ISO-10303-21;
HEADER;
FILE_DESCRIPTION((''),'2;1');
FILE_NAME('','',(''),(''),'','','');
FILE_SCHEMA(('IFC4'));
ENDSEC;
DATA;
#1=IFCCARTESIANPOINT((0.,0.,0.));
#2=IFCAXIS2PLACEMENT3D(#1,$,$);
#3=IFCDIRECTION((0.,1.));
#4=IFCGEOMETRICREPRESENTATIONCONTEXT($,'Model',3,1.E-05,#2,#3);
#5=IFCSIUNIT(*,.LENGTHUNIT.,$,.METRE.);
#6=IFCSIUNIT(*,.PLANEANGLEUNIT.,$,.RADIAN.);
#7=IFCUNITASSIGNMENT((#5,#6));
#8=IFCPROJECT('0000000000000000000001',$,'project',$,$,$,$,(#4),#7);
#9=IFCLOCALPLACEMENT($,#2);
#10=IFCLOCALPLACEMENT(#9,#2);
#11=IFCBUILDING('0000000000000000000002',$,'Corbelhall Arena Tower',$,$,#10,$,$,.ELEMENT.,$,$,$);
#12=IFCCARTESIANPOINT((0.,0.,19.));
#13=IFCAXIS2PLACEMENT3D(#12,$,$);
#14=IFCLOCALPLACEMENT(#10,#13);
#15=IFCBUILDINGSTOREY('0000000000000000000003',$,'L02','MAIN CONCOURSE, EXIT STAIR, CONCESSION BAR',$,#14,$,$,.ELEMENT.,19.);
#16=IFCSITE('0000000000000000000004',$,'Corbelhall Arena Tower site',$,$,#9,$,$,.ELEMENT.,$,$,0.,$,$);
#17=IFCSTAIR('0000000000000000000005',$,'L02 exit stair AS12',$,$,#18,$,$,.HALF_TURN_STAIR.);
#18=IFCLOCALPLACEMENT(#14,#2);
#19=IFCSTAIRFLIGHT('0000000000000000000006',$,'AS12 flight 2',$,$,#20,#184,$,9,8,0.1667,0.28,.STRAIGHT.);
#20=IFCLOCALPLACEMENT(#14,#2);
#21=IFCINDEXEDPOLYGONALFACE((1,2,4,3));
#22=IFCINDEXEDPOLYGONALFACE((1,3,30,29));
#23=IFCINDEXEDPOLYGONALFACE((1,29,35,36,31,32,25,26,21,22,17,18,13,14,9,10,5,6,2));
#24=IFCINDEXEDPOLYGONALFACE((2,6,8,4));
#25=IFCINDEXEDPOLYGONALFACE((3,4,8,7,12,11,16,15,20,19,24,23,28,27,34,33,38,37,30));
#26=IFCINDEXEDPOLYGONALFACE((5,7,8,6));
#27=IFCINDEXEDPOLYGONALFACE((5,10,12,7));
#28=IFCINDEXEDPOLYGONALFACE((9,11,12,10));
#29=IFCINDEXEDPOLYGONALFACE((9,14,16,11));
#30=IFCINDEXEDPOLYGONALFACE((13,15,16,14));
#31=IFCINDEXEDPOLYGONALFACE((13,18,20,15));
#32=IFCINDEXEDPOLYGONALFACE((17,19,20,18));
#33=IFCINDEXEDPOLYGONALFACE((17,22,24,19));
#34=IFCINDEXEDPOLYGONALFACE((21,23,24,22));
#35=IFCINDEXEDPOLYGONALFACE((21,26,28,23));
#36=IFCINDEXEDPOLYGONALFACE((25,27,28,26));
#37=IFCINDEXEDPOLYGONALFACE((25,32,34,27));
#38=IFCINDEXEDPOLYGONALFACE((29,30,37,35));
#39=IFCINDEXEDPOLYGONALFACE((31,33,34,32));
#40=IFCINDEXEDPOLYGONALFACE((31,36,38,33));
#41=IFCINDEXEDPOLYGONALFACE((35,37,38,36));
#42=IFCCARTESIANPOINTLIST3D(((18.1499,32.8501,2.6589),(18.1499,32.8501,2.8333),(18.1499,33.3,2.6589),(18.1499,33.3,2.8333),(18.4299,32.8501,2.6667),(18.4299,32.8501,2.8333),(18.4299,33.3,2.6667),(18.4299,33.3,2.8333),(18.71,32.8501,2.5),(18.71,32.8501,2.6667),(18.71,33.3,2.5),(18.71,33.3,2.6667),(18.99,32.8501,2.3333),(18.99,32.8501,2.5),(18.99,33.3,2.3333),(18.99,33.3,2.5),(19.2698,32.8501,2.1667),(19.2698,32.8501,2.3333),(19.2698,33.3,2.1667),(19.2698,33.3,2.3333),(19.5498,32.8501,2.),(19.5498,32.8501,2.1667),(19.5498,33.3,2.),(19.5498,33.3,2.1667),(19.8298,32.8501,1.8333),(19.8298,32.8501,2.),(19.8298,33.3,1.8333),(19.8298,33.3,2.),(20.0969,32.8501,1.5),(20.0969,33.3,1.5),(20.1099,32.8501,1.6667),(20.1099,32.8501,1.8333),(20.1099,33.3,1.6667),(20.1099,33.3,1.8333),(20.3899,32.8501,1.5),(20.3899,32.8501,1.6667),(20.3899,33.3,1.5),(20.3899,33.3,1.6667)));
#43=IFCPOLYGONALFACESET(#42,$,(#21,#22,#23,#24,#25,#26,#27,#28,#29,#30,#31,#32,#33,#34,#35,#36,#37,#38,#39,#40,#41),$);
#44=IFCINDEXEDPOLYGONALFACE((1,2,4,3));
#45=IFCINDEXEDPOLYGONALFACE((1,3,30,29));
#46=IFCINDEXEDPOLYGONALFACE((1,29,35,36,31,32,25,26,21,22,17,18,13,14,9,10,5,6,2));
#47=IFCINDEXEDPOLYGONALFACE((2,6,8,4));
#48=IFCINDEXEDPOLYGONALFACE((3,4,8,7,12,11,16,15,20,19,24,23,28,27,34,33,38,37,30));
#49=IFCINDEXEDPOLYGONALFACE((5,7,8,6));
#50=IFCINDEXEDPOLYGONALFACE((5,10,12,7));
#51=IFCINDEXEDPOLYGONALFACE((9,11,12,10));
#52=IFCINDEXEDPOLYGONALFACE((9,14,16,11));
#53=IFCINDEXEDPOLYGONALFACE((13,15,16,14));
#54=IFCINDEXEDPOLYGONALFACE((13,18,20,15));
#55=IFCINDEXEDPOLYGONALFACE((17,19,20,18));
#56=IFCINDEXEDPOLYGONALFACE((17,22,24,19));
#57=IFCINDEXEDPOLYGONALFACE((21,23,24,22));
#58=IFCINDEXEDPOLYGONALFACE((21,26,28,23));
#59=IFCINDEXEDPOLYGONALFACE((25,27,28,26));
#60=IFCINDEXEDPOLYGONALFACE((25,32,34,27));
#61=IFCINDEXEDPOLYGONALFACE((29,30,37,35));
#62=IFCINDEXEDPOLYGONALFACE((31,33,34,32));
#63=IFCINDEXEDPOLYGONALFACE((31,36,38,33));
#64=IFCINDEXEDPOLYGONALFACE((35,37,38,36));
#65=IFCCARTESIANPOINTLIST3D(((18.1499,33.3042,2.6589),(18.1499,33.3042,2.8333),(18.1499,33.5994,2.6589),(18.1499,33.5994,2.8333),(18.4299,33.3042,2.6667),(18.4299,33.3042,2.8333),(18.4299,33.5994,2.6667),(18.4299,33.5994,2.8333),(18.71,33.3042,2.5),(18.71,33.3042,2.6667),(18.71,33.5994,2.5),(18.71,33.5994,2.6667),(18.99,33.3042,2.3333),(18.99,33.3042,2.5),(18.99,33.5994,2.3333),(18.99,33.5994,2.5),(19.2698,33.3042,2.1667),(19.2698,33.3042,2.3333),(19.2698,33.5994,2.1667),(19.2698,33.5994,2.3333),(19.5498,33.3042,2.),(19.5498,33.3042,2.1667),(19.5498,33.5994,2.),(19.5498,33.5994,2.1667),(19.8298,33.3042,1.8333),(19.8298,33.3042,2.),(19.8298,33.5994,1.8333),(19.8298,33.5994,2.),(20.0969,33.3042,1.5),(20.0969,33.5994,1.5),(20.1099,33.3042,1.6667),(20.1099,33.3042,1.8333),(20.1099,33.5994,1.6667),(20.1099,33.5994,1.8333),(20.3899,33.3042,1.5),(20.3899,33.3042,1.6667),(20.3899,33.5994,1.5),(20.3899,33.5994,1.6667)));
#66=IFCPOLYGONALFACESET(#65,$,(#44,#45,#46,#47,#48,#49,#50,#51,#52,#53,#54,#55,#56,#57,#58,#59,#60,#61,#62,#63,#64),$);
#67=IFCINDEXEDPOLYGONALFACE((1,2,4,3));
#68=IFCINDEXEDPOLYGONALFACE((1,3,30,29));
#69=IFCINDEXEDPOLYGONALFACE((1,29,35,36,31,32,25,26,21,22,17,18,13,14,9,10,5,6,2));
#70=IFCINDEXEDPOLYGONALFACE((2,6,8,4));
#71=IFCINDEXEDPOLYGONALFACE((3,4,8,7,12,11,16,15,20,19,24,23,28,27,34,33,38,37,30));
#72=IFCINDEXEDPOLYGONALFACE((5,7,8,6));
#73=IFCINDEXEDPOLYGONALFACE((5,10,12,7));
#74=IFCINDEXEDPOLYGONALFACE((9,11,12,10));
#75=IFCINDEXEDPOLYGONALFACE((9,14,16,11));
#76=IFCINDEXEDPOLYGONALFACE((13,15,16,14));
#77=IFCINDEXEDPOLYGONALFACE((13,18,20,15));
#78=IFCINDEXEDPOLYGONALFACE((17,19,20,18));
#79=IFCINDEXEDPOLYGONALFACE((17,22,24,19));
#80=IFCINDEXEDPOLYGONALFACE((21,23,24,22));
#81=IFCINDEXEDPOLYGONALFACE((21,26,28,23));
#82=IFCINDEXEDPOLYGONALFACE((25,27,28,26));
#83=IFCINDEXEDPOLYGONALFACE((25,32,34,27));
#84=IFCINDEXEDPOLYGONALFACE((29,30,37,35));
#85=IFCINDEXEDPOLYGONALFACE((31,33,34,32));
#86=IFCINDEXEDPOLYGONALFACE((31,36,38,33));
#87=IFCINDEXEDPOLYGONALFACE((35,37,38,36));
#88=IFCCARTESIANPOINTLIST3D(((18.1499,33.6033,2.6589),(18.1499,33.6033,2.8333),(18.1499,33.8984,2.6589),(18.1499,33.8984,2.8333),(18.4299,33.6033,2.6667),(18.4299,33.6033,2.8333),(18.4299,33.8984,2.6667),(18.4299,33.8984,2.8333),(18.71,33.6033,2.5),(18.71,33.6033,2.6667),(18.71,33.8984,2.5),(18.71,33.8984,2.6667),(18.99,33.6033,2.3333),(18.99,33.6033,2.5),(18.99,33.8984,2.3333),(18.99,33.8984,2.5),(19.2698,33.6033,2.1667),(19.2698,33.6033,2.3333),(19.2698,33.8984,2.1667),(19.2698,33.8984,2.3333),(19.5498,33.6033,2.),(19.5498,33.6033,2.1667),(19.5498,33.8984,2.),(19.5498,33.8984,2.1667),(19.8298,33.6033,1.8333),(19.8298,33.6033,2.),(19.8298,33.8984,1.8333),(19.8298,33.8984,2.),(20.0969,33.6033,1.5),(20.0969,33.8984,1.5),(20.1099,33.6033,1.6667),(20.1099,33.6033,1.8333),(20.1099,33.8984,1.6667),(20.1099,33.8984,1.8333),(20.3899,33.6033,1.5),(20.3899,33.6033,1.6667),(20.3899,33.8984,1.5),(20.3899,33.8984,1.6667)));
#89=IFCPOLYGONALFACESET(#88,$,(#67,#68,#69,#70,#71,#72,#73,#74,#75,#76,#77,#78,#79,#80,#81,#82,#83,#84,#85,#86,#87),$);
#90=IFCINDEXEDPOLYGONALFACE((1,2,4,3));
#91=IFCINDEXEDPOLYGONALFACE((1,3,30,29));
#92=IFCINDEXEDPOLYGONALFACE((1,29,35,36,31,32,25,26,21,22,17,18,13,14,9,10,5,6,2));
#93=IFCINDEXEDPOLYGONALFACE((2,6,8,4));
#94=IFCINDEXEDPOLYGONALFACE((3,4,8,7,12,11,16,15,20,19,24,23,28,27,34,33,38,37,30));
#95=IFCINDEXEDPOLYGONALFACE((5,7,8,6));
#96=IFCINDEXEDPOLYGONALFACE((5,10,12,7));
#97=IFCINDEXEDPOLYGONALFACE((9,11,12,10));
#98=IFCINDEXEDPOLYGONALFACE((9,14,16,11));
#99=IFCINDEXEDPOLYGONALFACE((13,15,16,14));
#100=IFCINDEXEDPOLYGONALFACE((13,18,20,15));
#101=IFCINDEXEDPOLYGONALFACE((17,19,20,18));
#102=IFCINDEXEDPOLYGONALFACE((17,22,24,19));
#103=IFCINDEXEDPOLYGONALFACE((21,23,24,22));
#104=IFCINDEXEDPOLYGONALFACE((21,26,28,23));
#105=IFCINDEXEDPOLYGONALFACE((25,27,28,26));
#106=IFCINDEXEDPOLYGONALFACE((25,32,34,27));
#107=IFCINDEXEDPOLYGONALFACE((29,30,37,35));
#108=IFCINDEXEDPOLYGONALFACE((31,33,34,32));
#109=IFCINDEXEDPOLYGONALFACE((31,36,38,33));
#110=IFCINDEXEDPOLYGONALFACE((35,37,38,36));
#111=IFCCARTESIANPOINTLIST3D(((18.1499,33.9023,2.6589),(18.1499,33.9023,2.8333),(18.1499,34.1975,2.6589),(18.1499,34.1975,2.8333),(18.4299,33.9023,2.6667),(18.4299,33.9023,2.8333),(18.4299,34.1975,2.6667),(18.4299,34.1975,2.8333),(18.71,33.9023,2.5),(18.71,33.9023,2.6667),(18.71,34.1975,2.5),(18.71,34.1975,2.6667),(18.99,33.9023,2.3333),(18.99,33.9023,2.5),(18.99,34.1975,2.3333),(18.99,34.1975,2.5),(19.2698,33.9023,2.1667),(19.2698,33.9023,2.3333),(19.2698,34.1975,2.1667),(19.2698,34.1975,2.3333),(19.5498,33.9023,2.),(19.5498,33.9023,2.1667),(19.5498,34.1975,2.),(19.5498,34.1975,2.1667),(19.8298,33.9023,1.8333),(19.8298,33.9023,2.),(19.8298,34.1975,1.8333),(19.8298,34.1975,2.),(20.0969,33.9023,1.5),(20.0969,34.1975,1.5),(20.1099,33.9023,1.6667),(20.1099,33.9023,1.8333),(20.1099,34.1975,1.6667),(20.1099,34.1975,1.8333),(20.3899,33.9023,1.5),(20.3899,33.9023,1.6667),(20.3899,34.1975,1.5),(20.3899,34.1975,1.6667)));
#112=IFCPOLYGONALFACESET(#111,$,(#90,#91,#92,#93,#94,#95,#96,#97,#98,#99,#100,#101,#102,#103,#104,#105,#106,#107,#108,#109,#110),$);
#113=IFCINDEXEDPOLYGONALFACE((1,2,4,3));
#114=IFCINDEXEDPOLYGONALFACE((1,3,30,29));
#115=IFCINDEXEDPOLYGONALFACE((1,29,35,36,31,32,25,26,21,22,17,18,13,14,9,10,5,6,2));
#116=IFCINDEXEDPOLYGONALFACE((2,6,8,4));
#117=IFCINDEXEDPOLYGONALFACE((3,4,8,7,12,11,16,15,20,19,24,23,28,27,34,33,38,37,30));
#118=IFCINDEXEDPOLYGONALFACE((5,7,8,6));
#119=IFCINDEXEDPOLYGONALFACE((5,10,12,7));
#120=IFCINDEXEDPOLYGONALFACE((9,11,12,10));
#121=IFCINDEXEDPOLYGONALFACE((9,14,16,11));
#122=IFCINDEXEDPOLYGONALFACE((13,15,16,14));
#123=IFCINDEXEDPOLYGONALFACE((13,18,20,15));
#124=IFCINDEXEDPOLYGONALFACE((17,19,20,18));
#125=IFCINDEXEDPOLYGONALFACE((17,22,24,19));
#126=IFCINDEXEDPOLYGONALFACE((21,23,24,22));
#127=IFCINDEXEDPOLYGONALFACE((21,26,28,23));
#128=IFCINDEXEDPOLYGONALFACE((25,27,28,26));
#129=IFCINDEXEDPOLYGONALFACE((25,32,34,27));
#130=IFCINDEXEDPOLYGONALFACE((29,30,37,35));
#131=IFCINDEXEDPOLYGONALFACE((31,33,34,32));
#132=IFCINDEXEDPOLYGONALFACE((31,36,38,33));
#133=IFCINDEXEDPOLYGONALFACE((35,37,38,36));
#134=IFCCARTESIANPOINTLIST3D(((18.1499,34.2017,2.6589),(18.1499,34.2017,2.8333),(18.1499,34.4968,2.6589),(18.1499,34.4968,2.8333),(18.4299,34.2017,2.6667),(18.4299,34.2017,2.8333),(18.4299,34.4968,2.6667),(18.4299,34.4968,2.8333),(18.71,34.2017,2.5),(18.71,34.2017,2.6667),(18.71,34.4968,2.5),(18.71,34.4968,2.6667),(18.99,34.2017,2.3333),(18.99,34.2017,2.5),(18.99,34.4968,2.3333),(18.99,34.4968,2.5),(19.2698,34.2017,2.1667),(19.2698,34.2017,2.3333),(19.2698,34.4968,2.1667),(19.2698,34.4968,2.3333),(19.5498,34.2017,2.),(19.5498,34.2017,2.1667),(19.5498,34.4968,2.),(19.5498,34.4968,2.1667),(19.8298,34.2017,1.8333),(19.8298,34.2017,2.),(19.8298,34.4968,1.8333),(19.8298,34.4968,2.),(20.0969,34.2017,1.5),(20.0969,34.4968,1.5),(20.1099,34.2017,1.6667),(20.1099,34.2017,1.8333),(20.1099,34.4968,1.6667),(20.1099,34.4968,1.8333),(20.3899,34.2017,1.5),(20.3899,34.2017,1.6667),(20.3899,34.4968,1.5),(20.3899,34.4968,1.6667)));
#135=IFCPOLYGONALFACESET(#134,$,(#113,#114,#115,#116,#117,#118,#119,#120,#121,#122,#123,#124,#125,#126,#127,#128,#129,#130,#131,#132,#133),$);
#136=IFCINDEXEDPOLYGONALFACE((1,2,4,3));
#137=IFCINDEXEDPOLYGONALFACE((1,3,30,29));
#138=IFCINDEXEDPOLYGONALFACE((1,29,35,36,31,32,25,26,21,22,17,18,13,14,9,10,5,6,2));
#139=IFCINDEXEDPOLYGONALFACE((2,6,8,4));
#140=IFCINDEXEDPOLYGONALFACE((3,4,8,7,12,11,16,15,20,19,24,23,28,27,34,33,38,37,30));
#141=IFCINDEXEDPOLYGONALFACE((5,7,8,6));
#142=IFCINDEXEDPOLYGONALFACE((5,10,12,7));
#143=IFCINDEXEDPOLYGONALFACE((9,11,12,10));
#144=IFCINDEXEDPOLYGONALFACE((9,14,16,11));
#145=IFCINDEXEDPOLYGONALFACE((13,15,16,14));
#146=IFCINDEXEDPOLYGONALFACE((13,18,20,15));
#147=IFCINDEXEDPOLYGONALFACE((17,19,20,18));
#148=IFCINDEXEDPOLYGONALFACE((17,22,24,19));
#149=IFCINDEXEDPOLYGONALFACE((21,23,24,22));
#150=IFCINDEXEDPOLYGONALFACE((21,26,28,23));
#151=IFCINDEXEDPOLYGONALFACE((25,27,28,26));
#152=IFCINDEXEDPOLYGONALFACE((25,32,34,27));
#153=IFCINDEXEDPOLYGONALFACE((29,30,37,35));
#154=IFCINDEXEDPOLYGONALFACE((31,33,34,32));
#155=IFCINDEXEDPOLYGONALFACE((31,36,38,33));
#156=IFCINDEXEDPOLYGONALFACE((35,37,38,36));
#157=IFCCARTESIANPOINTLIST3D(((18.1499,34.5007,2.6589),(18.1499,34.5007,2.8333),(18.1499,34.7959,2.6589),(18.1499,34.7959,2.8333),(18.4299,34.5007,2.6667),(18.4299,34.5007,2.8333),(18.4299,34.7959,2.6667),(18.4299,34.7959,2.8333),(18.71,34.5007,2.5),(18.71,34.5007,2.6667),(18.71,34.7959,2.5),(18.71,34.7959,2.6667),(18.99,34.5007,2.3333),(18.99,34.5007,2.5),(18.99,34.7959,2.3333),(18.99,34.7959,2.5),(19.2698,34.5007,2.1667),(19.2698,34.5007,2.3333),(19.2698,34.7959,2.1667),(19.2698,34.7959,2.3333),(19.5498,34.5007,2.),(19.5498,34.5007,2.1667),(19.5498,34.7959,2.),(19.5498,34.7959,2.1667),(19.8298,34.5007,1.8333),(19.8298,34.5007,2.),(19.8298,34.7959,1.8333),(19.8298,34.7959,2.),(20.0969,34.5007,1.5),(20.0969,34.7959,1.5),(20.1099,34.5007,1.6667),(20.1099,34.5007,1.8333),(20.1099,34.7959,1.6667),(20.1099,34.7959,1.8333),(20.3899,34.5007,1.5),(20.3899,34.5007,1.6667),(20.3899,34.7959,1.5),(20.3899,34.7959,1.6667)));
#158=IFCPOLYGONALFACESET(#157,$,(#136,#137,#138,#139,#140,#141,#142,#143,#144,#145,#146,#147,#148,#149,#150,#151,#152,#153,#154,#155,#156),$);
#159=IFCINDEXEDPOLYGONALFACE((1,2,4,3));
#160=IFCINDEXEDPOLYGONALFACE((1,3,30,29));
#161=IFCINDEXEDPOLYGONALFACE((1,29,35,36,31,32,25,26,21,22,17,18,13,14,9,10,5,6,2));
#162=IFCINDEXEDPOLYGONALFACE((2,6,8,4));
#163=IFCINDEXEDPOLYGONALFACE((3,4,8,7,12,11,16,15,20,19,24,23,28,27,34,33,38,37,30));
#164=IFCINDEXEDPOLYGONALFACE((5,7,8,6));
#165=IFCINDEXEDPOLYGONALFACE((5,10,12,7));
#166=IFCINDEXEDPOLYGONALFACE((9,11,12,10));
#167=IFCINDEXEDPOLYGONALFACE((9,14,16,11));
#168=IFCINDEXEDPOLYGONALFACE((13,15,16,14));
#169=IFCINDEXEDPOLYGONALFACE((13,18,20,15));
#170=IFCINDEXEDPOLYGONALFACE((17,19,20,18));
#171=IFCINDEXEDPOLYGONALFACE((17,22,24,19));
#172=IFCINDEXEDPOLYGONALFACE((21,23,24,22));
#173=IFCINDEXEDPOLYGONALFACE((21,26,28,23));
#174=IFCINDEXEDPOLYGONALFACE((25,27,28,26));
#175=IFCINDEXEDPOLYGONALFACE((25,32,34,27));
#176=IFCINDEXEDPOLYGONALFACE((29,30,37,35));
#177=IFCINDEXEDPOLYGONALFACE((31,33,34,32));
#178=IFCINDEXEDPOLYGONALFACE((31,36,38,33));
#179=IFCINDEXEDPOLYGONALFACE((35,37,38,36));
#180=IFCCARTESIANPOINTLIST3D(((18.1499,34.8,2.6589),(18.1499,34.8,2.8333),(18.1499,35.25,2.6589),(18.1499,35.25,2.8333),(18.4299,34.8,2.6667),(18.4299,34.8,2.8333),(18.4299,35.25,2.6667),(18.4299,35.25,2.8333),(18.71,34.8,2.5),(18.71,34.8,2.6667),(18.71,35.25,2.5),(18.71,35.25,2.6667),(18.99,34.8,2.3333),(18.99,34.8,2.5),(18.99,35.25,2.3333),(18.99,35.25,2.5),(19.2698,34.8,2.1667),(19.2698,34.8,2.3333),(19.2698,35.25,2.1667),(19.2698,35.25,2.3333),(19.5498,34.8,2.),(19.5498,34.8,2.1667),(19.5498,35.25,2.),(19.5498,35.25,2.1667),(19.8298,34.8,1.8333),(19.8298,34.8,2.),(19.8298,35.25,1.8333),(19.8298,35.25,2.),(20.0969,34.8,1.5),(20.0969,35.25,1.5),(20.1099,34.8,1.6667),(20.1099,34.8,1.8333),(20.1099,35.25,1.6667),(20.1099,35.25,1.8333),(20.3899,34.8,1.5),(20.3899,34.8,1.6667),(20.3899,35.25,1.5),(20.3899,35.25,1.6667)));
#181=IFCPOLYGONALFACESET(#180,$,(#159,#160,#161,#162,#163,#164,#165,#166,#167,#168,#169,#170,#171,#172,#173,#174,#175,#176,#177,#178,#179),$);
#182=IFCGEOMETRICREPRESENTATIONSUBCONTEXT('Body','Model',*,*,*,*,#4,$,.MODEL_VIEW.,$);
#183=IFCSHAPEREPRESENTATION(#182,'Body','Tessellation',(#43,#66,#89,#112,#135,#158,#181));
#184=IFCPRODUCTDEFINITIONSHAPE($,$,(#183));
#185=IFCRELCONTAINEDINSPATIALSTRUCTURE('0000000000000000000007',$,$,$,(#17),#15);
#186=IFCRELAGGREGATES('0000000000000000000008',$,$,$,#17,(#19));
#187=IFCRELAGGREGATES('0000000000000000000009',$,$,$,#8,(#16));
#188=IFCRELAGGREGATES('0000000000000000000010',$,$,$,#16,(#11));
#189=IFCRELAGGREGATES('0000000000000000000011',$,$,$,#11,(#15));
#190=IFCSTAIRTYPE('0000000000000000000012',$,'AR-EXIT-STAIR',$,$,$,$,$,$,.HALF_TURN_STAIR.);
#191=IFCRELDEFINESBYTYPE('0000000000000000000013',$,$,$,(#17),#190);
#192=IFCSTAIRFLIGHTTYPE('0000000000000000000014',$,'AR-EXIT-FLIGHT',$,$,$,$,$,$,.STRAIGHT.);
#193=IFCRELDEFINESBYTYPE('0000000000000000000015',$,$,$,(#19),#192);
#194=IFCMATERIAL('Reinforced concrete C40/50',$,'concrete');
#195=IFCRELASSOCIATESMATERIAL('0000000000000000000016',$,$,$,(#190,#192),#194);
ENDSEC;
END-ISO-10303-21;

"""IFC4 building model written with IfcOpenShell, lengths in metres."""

from ifc_helpers import new_model, si_unit, direction, frame, origin, place, context, subcontext, project, spatial, polyline, outline, extrude, material, type_object, element, aggregate, save


model = new_model("IFC4")

# Units and contexts
model_context = context("Model", 3, precision=1e-05, world=origin(), true_north=direction((0.0, 1.0)))
body_context = subcontext(model_context, "Body", "Model", "MODEL_VIEW")
ifc_project = project(units=[si_unit("LENGTHUNIT", "METRE"), si_unit("PLANEANGLEUNIT", "RADIAN")], contexts=[model_context])

# Site, building, storey
site_placement = place(None, origin())
site = spatial("IfcSite", under=ifc_project, at=site_placement, Name="Corbelhall Arena Tower site", CompositionType="ELEMENT", RefElevation=0.0)
building_placement = place(site_placement, origin())
building = spatial("IfcBuilding", under=site, at=building_placement, Name="Corbelhall Arena Tower", CompositionType="ELEMENT")
storey_placement = place(building_placement, frame((0.0, 0.0, 19.0)))
storey = spatial("IfcBuildingStorey", under=building, at=storey_placement, Name="L02", Description="MAIN CONCOURSE, EXIT STAIR, CONCESSION BAR", CompositionType="ELEMENT", Elevation=19.0)

# Shared definitions
ifc_material_1 = material(Name="Reinforced concrete C40/50", Category="concrete")

# Stair, stair flight
stair_type = type_object("IfcStairType", Name="AR-EXIT-STAIR", PredefinedType="HALF_TURN_STAIR", material=ifc_material_1)
stair_flight_type = type_object("IfcStairFlightType", Name="AR-EXIT-FLIGHT", PredefinedType="STRAIGHT", material=ifc_material_1)
stair_1_placement = place(storey_placement, origin())
stair_1 = element("IfcStair", 1, at=stair_1_placement, inside=storey, type_object=stair_type, Name="L02 exit stair AS12", PredefinedType="HALF_TURN_STAIR")
stair_flight_1_placement = place(storey_placement, frame((20.3899, 34.05, 1.5), z_axis=(0.0, 0.0, 1.0), x_axis=(-1.0, 0.0, 0.0)))
stair_flight_1 = element("IfcStairFlight", 2, at=stair_flight_1_placement, type_object=stair_flight_type, Name="AS12 flight 2", NumberOfRisers=9, NumberOfTreads=8, PredefinedType="STRAIGHT", RiserHeight=0.1667, TreadLength=0.28, context=body_context, shape_type="SweptSolid", body=[
    extrude(outline(polyline([(0.0, 0.0), (0.0, 0.1667), (0.28, 0.1667), (0.28, 0.3333), (0.5601, 0.3333), (0.5601, 0.5), (0.8401, 0.5), (0.8401, 0.6667), (1.1201, 0.6667), (1.1201, 0.8333), (1.3999, 0.8333), (1.3999, 1.0), (1.6799, 1.0), (1.6799, 1.1667), (1.96, 1.1667), (1.96, 1.3333), (2.24, 1.3333), (2.24, 1.5), (2.24, 1.1589), (0.293, 0.0), (0.0, 0.0)])), frame((0.0, 1.2, 0.0), z_axis=(0.0, -1.0, 0.0), x_axis=(1.0, 0.0, 0.0)), (0.0, 0.0, 1.0), 0.45),
    extrude(outline(polyline([(0.0, 0.0), (0.0, 0.1667), (0.28, 0.1667), (0.28, 0.3333), (0.5601, 0.3333), (0.5601, 0.5), (0.8401, 0.5), (0.8401, 0.6667), (1.1201, 0.6667), (1.1201, 0.8333), (1.3999, 0.8333), (1.3999, 1.0), (1.6799, 1.0), (1.6799, 1.1667), (1.96, 1.1667), (1.96, 1.3333), (2.24, 1.3333), (2.24, 1.5), (2.24, 1.1589), (0.293, 0.0), (0.0, 0.0)])), frame((0.0, 0.7458, 0.0), z_axis=(0.0, -1.0, 0.0), x_axis=(1.0, 0.0, 0.0)), (0.0, 0.0, 1.0), 0.2952),
    extrude(outline(polyline([(0.0, 0.0), (0.0, 0.1667), (0.28, 0.1667), (0.28, 0.3333), (0.5601, 0.3333), (0.5601, 0.5), (0.8401, 0.5), (0.8401, 0.6667), (1.1201, 0.6667), (1.1201, 0.8333), (1.3999, 0.8333), (1.3999, 1.0), (1.6799, 1.0), (1.6799, 1.1667), (1.96, 1.1667), (1.96, 1.3333), (2.24, 1.3333), (2.24, 1.5), (2.24, 1.1589), (0.293, 0.0), (0.0, 0.0)])), frame((0.0, 0.4468, 0.0), z_axis=(0.0, -1.0, 0.0), x_axis=(1.0, 0.0, 0.0)), (0.0, 0.0, 1.0), 0.2952),
    extrude(outline(polyline([(0.0, 0.0), (0.0, 0.1667), (0.28, 0.1667), (0.28, 0.3333), (0.5601, 0.3333), (0.5601, 0.5), (0.8401, 0.5), (0.8401, 0.6667), (1.1201, 0.6667), (1.1201, 0.8333), (1.3999, 0.8333), (1.3999, 1.0), (1.6799, 1.0), (1.6799, 1.1667), (1.96, 1.1667), (1.96, 1.3333), (2.24, 1.3333), (2.24, 1.5), (2.24, 1.1589), (0.293, 0.0), (0.0, 0.0)])), frame((0.0, 0.1477, 0.0), z_axis=(0.0, -1.0, 0.0), x_axis=(1.0, 0.0, 0.0)), (0.0, 0.0, 1.0), 0.2952),
    extrude(outline(polyline([(0.0, 0.0), (0.0, 0.1667), (0.28, 0.1667), (0.28, 0.3333), (0.5601, 0.3333), (0.5601, 0.5), (0.8401, 0.5), (0.8401, 0.6667), (1.1201, 0.6667), (1.1201, 0.8333), (1.3999, 0.8333), (1.3999, 1.0), (1.6799, 1.0), (1.6799, 1.1667), (1.96, 1.1667), (1.96, 1.3333), (2.24, 1.3333), (2.24, 1.5), (2.24, 1.1589), (0.293, 0.0), (0.0, 0.0)])), frame((0.0, -0.1516, 0.0), z_axis=(0.0, -1.0, 0.0), x_axis=(1.0, 0.0, 0.0)), (0.0, 0.0, 1.0), 0.2952),
    extrude(outline(polyline([(0.0, 0.0), (0.0, 0.1667), (0.28, 0.1667), (0.28, 0.3333), (0.5601, 0.3333), (0.5601, 0.5), (0.8401, 0.5), (0.8401, 0.6667), (1.1201, 0.6667), (1.1201, 0.8333), (1.3999, 0.8333), (1.3999, 1.0), (1.6799, 1.0), (1.6799, 1.1667), (1.96, 1.1667), (1.96, 1.3333), (2.24, 1.3333), (2.24, 1.5), (2.24, 1.1589), (0.293, 0.0), (0.0, 0.0)])), frame((0.0, -0.4507, 0.0), z_axis=(0.0, -1.0, 0.0), x_axis=(1.0, 0.0, 0.0)), (0.0, 0.0, 1.0), 0.2952),
    extrude(outline(polyline([(0.0, 0.0), (0.0, 0.1667), (0.28, 0.1667), (0.28, 0.3333), (0.5601, 0.3333), (0.5601, 0.5), (0.8401, 0.5), (0.8401, 0.6667), (1.1201, 0.6667), (1.1201, 0.8333), (1.3999, 0.8333), (1.3999, 1.0), (1.6799, 1.0), (1.6799, 1.1667), (1.96, 1.1667), (1.96, 1.3333), (2.24, 1.3333), (2.24, 1.5), (2.24, 1.1589), (0.293, 0.0), (0.0, 0.0)])), frame((0.0, -0.75, 0.0), z_axis=(0.0, -1.0, 0.0), x_axis=(1.0, 0.0, 0.0)), (0.0, 0.0, 1.0), 0.45),
])
aggregate(stair_1, [stair_flight_1])

save(model, "model.ifc")
